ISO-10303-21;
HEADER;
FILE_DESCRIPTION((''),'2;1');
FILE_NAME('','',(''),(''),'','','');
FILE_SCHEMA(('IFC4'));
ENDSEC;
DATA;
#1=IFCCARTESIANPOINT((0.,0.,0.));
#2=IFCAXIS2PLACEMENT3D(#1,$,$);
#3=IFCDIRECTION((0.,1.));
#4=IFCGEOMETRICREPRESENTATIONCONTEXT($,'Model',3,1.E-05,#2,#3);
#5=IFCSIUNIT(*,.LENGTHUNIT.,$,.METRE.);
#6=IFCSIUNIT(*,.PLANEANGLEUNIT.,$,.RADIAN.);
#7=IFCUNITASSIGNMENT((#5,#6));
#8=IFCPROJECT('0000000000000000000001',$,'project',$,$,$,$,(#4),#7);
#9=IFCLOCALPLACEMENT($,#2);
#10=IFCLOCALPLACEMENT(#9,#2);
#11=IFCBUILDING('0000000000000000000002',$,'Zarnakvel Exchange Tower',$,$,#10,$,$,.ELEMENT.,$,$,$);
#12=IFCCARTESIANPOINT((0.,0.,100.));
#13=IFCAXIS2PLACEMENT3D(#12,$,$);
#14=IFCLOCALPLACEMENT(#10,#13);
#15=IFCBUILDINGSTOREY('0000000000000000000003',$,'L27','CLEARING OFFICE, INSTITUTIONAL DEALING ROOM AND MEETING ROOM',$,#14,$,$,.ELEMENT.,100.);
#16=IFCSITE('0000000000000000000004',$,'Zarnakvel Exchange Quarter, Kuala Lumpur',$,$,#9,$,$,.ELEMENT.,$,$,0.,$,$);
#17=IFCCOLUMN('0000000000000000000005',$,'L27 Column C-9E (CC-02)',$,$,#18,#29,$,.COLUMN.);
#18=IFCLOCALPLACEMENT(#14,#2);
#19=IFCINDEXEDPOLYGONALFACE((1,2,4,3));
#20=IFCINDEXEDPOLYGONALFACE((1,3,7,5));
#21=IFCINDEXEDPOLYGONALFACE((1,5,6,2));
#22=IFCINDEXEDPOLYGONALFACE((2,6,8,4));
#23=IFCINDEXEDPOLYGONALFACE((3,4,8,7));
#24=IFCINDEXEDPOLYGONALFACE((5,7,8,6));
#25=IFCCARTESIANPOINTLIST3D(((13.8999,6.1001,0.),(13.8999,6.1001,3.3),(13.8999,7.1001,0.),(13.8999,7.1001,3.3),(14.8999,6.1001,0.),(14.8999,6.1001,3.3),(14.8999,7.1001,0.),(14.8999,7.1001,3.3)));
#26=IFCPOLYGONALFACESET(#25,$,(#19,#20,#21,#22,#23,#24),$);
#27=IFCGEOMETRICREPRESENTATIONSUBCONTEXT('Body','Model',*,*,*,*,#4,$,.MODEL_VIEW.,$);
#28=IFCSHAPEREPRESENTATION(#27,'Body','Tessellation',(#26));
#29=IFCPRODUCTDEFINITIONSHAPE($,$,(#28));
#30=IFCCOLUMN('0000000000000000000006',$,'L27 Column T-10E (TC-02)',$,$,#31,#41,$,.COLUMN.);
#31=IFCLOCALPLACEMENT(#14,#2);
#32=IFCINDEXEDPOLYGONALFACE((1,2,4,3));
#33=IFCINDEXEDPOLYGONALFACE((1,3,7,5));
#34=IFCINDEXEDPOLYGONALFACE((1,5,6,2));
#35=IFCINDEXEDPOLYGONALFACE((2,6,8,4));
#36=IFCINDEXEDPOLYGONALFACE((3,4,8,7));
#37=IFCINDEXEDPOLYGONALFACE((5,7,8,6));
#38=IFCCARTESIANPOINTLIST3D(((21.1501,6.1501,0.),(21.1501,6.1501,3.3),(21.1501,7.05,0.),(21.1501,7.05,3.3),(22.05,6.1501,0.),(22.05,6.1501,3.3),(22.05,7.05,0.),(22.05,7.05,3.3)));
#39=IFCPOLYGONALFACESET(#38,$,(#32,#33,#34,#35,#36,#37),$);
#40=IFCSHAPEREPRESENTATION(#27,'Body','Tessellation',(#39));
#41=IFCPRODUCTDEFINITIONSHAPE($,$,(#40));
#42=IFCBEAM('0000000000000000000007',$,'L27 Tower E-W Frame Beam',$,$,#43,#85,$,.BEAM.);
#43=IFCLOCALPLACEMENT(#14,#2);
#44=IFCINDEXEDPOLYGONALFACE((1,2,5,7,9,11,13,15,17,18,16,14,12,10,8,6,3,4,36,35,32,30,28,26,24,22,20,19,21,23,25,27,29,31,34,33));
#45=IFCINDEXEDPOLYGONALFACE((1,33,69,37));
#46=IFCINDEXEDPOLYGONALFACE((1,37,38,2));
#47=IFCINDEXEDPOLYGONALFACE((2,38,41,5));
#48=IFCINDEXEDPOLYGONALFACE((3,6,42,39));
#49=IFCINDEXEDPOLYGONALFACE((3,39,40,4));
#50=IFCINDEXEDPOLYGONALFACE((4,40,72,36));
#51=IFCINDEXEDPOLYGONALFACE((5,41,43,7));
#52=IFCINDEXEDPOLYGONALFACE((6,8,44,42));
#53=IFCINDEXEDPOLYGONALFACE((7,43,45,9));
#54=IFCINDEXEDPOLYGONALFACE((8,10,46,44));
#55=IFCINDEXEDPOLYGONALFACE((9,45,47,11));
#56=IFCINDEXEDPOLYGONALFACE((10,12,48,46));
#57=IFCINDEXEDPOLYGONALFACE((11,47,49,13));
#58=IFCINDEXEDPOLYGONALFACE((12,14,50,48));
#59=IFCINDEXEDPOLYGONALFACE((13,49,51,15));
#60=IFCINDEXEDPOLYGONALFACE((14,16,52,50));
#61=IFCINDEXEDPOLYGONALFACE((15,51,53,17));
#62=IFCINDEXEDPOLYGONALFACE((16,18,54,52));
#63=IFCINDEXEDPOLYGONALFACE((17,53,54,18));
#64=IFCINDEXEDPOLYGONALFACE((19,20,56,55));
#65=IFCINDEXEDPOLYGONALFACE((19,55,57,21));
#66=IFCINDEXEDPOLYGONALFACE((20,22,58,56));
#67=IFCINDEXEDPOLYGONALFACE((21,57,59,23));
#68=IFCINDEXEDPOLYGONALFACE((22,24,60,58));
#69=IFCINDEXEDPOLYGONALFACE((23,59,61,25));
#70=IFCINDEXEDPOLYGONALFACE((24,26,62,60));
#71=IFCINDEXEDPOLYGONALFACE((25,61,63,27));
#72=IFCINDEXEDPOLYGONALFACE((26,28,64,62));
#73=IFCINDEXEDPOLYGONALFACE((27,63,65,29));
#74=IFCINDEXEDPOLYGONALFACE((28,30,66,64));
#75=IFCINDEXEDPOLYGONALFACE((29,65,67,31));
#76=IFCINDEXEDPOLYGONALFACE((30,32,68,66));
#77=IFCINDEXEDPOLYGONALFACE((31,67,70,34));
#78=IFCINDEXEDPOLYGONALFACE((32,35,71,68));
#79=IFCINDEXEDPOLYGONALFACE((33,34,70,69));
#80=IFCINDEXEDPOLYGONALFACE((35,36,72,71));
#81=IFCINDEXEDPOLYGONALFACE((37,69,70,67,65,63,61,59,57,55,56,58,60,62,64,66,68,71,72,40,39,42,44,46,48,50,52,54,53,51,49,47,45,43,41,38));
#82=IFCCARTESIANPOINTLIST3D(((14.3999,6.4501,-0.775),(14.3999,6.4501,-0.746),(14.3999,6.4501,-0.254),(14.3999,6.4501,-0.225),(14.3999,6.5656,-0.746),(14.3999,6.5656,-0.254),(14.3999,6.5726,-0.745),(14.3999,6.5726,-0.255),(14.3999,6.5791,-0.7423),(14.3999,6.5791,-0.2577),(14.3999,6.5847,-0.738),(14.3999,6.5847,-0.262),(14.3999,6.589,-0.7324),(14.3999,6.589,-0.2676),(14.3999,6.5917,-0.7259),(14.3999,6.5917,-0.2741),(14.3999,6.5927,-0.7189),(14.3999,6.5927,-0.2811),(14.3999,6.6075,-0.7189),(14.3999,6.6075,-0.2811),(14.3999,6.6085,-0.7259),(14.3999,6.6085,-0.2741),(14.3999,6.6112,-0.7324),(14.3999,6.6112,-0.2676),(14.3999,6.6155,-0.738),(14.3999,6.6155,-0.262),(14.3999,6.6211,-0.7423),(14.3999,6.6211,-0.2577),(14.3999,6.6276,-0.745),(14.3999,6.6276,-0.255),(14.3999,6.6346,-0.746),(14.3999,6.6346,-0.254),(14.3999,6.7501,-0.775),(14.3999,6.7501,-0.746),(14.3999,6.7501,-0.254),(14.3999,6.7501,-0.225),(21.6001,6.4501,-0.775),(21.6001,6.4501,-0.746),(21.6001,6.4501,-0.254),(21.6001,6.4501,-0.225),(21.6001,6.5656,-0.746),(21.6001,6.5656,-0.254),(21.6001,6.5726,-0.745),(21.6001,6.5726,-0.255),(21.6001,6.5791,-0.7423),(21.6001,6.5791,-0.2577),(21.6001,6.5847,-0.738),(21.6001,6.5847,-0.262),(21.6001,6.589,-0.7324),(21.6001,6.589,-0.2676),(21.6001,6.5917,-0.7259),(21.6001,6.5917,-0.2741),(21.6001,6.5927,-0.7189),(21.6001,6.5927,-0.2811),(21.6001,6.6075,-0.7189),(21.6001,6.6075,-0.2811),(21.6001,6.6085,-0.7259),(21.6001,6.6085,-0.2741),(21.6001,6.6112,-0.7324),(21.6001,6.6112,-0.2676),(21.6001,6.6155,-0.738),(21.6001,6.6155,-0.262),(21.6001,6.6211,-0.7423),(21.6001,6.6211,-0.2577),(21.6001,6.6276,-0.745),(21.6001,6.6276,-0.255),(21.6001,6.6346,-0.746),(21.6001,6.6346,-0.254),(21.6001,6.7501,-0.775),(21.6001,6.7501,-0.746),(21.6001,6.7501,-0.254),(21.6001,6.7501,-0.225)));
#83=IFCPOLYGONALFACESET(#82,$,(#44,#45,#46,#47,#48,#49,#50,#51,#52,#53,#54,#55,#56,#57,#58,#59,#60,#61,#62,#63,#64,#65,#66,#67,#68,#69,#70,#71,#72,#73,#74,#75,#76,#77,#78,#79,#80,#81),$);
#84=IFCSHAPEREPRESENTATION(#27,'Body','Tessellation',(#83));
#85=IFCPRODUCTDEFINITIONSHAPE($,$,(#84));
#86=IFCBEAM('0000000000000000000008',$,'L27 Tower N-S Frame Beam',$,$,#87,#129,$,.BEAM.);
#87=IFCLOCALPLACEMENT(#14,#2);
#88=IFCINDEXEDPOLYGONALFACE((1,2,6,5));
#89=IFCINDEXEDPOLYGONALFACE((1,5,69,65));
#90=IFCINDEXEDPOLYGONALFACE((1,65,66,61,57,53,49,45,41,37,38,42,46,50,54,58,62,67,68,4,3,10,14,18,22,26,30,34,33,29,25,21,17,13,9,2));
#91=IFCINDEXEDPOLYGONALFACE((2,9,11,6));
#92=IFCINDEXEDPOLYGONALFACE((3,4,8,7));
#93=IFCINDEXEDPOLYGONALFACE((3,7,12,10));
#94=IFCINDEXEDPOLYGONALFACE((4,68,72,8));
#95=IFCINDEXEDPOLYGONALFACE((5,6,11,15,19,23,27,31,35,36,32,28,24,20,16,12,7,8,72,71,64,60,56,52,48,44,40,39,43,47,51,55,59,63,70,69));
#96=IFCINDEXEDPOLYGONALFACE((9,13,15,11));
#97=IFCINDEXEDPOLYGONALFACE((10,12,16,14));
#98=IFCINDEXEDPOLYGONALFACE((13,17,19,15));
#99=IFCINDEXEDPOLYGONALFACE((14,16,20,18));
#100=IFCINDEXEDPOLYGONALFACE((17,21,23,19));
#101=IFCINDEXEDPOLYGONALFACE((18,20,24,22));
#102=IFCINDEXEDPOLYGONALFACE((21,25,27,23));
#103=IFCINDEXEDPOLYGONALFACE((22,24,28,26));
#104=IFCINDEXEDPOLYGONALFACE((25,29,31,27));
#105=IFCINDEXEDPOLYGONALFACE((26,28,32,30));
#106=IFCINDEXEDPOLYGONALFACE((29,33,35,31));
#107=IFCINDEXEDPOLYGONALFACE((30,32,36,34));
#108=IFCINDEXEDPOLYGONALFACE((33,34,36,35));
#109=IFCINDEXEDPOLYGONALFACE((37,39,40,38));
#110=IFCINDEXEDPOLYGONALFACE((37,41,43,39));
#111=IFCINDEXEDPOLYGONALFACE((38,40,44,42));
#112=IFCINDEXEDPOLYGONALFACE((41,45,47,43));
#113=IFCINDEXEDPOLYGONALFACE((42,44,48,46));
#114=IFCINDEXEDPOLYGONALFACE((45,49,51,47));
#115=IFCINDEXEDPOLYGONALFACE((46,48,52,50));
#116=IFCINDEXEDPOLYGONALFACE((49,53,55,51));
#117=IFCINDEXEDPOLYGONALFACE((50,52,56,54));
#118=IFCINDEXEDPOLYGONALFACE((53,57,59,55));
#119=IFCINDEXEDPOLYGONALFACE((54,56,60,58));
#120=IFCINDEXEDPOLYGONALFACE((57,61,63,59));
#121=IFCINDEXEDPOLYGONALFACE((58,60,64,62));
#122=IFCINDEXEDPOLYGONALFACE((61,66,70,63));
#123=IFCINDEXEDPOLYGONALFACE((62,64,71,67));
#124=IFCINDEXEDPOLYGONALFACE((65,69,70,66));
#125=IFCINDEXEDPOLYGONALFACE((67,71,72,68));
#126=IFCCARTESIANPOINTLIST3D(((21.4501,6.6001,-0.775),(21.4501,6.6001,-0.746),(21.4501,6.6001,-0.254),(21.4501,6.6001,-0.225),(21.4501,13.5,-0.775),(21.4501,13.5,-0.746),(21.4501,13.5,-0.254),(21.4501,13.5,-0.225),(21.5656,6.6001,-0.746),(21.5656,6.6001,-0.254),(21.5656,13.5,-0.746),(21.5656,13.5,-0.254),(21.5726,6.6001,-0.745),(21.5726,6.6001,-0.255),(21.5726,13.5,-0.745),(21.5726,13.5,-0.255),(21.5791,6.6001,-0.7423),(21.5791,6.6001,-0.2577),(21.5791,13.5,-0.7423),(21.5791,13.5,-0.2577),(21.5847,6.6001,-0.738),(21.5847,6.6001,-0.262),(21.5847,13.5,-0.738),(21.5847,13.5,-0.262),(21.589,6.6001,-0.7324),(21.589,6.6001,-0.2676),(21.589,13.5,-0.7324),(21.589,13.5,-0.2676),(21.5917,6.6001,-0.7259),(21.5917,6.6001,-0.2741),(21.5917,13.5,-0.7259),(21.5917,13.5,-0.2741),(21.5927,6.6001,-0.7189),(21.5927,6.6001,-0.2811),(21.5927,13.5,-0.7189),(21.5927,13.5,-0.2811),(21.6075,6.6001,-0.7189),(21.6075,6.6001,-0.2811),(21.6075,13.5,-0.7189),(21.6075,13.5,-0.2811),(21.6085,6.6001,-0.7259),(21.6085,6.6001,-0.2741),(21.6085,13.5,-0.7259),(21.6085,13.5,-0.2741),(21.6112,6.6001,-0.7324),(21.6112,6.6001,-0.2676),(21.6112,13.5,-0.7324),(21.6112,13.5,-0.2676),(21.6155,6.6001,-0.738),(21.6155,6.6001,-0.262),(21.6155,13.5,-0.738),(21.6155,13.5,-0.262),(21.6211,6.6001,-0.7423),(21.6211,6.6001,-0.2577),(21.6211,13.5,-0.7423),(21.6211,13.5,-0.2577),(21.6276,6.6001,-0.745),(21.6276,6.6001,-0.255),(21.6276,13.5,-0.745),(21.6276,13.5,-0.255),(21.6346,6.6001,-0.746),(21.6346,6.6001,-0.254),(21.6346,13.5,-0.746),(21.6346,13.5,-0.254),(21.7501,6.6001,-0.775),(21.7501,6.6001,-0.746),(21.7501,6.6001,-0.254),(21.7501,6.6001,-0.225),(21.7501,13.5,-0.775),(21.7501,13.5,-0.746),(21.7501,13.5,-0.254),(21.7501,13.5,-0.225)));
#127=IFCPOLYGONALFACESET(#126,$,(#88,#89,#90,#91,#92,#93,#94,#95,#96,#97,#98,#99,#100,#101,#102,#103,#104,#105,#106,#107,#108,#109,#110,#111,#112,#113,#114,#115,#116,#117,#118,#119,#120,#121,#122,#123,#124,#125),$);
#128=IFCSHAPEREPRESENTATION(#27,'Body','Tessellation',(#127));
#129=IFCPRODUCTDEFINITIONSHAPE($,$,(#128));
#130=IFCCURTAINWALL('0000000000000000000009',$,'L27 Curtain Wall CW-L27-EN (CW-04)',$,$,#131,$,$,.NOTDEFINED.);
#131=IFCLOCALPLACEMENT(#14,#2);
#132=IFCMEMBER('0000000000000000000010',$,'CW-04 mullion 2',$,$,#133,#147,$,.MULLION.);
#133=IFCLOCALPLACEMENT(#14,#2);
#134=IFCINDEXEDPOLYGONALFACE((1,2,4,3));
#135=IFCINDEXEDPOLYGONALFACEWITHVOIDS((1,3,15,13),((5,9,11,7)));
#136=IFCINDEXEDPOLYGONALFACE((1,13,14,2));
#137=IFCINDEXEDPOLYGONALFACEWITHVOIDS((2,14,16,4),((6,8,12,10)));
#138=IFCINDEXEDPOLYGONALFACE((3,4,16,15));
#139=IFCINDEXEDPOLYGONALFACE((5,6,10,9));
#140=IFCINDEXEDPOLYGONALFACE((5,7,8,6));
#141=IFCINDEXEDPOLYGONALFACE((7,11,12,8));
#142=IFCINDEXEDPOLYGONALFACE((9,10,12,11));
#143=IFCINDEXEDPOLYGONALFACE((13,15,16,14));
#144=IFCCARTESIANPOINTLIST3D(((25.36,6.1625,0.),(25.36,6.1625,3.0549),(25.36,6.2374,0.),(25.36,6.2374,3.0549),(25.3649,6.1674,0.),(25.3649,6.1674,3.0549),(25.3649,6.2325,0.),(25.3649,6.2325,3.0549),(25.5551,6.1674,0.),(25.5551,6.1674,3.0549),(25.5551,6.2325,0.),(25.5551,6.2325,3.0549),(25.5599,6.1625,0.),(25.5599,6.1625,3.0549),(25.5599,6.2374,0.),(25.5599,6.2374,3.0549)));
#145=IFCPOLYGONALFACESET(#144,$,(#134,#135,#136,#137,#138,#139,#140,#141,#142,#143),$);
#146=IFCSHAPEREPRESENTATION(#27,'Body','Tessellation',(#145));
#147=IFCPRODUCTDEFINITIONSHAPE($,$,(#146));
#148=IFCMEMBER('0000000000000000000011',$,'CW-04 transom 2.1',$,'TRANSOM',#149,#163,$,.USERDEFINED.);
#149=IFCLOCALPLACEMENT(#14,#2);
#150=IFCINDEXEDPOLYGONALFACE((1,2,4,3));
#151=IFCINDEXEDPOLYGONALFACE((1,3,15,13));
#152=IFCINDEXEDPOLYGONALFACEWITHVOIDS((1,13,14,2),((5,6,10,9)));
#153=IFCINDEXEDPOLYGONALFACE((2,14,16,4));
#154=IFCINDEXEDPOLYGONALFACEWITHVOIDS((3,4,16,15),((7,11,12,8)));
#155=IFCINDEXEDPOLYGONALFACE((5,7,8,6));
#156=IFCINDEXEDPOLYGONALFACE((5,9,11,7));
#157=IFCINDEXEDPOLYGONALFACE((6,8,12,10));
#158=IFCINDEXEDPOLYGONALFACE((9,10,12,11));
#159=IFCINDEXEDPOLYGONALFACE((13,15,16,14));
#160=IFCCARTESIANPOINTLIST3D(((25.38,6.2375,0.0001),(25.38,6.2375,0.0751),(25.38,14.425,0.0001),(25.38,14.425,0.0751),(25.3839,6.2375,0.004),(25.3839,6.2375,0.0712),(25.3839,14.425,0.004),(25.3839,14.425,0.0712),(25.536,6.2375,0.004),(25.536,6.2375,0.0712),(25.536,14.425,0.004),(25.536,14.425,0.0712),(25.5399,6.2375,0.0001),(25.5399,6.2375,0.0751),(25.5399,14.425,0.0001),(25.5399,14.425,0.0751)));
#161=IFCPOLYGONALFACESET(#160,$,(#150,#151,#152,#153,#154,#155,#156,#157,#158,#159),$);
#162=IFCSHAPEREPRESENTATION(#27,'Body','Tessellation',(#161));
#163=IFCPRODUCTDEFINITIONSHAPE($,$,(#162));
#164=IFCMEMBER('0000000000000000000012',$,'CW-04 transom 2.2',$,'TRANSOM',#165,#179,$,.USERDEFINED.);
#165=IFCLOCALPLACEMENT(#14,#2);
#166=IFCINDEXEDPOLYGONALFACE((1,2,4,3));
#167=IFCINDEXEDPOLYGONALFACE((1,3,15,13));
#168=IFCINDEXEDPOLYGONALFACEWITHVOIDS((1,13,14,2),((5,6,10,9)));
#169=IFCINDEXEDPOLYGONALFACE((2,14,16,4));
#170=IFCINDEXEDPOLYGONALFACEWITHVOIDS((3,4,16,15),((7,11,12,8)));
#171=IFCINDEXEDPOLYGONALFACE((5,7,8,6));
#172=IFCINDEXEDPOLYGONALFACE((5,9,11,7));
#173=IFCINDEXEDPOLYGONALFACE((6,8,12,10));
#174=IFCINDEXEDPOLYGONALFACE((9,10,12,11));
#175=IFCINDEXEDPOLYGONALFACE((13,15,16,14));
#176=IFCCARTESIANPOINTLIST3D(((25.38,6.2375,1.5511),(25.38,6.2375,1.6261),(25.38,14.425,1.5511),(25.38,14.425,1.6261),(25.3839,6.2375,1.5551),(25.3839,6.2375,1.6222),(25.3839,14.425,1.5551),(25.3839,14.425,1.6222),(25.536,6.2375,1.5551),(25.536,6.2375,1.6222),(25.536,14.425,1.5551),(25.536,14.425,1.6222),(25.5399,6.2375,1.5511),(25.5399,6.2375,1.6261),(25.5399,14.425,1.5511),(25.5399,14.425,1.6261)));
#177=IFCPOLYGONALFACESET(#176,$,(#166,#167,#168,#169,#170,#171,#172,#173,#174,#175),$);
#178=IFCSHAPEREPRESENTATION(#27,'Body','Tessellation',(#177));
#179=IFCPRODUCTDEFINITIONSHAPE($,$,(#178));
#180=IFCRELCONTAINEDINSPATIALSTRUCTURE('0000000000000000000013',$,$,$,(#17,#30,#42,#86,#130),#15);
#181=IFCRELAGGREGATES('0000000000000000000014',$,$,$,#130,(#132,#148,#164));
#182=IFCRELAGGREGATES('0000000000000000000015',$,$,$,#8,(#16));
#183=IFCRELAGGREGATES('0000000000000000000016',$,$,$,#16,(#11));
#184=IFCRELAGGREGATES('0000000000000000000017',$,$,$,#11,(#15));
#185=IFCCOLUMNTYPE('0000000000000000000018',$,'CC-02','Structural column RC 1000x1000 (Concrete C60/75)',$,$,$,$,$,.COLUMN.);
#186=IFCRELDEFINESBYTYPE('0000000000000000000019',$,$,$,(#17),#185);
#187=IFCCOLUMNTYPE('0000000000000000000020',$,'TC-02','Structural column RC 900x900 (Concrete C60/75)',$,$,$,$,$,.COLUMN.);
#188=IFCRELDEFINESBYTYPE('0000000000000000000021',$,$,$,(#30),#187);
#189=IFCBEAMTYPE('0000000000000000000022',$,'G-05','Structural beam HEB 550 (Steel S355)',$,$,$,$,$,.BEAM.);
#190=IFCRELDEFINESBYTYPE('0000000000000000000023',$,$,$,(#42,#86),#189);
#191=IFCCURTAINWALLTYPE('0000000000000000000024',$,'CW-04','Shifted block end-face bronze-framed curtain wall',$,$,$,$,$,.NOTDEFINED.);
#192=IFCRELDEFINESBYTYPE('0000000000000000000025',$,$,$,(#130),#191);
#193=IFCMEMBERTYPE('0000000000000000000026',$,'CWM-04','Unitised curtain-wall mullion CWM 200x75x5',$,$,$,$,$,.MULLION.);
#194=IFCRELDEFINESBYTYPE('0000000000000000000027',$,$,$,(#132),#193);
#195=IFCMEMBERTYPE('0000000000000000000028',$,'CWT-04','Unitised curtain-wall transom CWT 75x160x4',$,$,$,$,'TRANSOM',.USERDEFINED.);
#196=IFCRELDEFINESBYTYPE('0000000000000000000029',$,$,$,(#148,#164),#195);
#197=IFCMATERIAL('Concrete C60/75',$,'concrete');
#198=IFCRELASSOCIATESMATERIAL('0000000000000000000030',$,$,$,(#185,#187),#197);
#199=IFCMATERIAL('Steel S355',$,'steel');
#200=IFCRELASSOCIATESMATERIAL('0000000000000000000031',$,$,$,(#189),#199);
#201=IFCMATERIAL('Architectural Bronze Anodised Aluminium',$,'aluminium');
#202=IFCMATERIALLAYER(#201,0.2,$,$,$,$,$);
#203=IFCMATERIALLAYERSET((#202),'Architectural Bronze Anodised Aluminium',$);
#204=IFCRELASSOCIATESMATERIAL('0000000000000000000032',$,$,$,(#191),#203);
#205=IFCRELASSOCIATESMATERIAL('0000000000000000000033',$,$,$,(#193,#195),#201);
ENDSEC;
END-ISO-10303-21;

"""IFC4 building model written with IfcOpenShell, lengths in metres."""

from ifc_helpers import new_model, si_unit, direction, frame, origin, origin_2d, place, context, subcontext, project, spatial, rectangle, hollow_rectangle, i_section, extrude, source, transform, mapped, material, layer, layer_set, material_profile, profile_set, type_object, element, aggregate, save


model = new_model("IFC4")

# Units and contexts
model_context = context("Model", 3, precision=1e-05, world=origin(), true_north=direction((0.0, 1.0)))
body_context = subcontext(model_context, "Body", "Model", "MODEL_VIEW")
ifc_project = project(units=[si_unit("LENGTHUNIT", "METRE"), si_unit("PLANEANGLEUNIT", "RADIAN")], contexts=[model_context])

# Site, building, storey
site_placement = place(None, origin())
site = spatial("IfcSite", under=ifc_project, at=site_placement, Name="Zarnakvel Exchange Quarter, Kuala Lumpur", CompositionType="ELEMENT", RefElevation=0.0)
building_placement = place(site_placement, origin())
building = spatial("IfcBuilding", under=site, at=building_placement, Name="Zarnakvel Exchange Tower", CompositionType="ELEMENT")
storey_placement = place(building_placement, frame((0.0, 0.0, 100.0)))
storey = spatial("IfcBuildingStorey", under=building, at=storey_placement, Name="L27", Description="CLEARING OFFICE, INSTITUTIONAL DEALING ROOM AND MEETING ROOM", CompositionType="ELEMENT", Elevation=100.0)

# Columns
ifc_material_1 = material(Name="Concrete C60/75", Category="concrete")
ifc_material_profile_1 = material_profile(ifc_material_1, rectangle(XDim=1.0, YDim=1.0, at=origin_2d()))
ifc_profile_set_1 = profile_set([ifc_material_profile_1], Name="Concrete C60/75")
column_type_1 = type_object("IfcColumnType", Name="CC-02", Description="Structural column RC 1000x1000 (Concrete C60/75)", PredefinedType="COLUMN", material=ifc_profile_set_1)
column_1_placement = place(storey_placement, frame((14.3999, 6.6001, 0.0), z_axis=(0.0, 0.0, 1.0), x_axis=(1.0, 0.0, 0.0)))
element("IfcColumn", 1, at=column_1_placement, inside=storey, type_object=column_type_1, Name="L27 Column C-9E (CC-02)", PredefinedType="COLUMN", context=body_context, shape_type="SweptSolid", body=[
    extrude(rectangle(XDim=1.0, YDim=1.0, at=origin_2d()), origin(), (0.0, 0.0, 1.0), 3.3),
])
ifc_material_profile_2 = material_profile(ifc_material_1, rectangle(XDim=0.8999, YDim=0.8999, at=origin_2d()))
ifc_profile_set_2 = profile_set([ifc_material_profile_2], Name="Concrete C60/75")
column_type_2 = type_object("IfcColumnType", Name="TC-02", Description="Structural column RC 900x900 (Concrete C60/75)", PredefinedType="COLUMN", material=ifc_profile_set_2)
column_2_placement = place(storey_placement, frame((21.6001, 6.6001, 0.0), z_axis=(0.0, 0.0, 1.0), x_axis=(1.0, 0.0, 0.0)))
element("IfcColumn", 2, at=column_2_placement, inside=storey, type_object=column_type_2, Name="L27 Column T-10E (TC-02)", PredefinedType="COLUMN", context=body_context, shape_type="SweptSolid", body=[
    extrude(rectangle(XDim=0.8999, YDim=0.8999, at=origin_2d()), origin(), (0.0, 0.0, 1.0), 3.3),
])

# Beams
ifc_material_2 = material(Name="Steel S355", Category="steel")
ifc_material_profile_3 = material_profile(ifc_material_2, i_section(OverallWidth=0.3, OverallDepth=0.55, WebThickness=0.0149, FlangeThickness=0.0291, FilletRadius=0.0271, at=origin_2d()))
ifc_profile_set_3 = profile_set([ifc_material_profile_3], Name="Steel S355")
beam_type = type_object("IfcBeamType", Name="G-05", Description="Structural beam HEB 550 (Steel S355)", PredefinedType="BEAM", material=ifc_profile_set_3)
beam_1_placement = place(storey_placement, frame((14.3999, 6.6001, -0.5), z_axis=(1.0, 0.0, 0.0), x_axis=(0.0, 1.0, 0.0)))
element("IfcBeam", 3, at=beam_1_placement, inside=storey, type_object=beam_type, Name="L27 Tower E-W Frame Beam", PredefinedType="BEAM", context=body_context, shape_type="SweptSolid", body=[
    extrude(i_section(OverallWidth=0.3, OverallDepth=0.55, WebThickness=0.0149, FlangeThickness=0.0291, FilletRadius=0.0271, at=origin_2d()), origin(), (0.0, 0.0, 1.0), 7.2002),
])
beam_2_placement = place(storey_placement, frame((21.6001, 6.6001, -0.5), z_axis=(0.0, 1.0, 0.0), x_axis=(-1.0, 0.0, 0.0)))
element("IfcBeam", 4, at=beam_2_placement, inside=storey, type_object=beam_type, Name="L27 Tower N-S Frame Beam", PredefinedType="BEAM", context=body_context, shape_type="SweptSolid", body=[
    extrude(i_section(OverallWidth=0.3, OverallDepth=0.55, WebThickness=0.0149, FlangeThickness=0.0291, FilletRadius=0.0271, at=origin_2d()), origin(), (0.0, 0.0, 1.0), 6.8999),
])

# Curtain wall, members
ifc_material_3 = material(Name="Architectural Bronze Anodised Aluminium", Category="aluminium")
ifc_layer_1 = layer(ifc_material_3, 0.2)
ifc_layer_set_1 = layer_set([ifc_layer_1], Name="Architectural Bronze Anodised Aluminium")
curtain_wall_type = type_object("IfcCurtainWallType", Name="CW-04", Description="Shifted block end-face bronze-framed curtain wall", PredefinedType="NOTDEFINED", material=ifc_layer_set_1)
curtain_wall_placement = place(storey_placement, origin())
curtain_wall = element("IfcCurtainWall", 5, at=curtain_wall_placement, inside=storey, type_object=curtain_wall_type, Name="L27 Curtain Wall CW-L27-EN (CW-04)", PredefinedType="NOTDEFINED")
ifc_material_profile_4 = material_profile(ifc_material_3, hollow_rectangle(XDim=0.2, YDim=0.075, WallThickness=0.0049, at=origin_2d()))
ifc_profile_set_4 = profile_set([ifc_material_profile_4], Name="Architectural Bronze Anodised Aluminium")
member_type_1 = type_object("IfcMemberType", Name="CWM-04", Description="Unitised curtain-wall mullion CWM 200x75x5", PredefinedType="MULLION", material=ifc_profile_set_4)
shared_shape_1 = source(origin(), body_context, "Body", "SweptSolid", [
    extrude(hollow_rectangle(XDim=0.2, YDim=0.075, WallThickness=0.0049, at=origin_2d()), origin(), (0.0, 0.0, 1.0), 3.0549),
])
member_1_placement = place(storey_placement, frame((25.46, 6.2, 0.0), z_axis=(0.0, 0.0, 1.0), x_axis=(-1.0, 0.0, 0.0)))
member_1 = element("IfcMember", 6, at=member_1_placement, type_object=member_type_1, Name="CW-04 mullion 2", PredefinedType="MULLION", context=body_context, shape_type="MappedRepresentation", body=[
    mapped(shared_shape_1, transform((0.0, 0.0, 0.0), x_axis=(1.0, 0.0, 0.0), y_axis=(0.0, 1.0, 0.0), z_axis=(0.0, 0.0, 1.0), scale=1.0)),
])
ifc_material_profile_5 = material_profile(ifc_material_3, hollow_rectangle(XDim=0.1599, YDim=0.075, WallThickness=0.0039, at=origin_2d()))
ifc_profile_set_5 = profile_set([ifc_material_profile_5], Name="Architectural Bronze Anodised Aluminium")
member_type_2 = type_object("IfcMemberType", Name="CWT-04", Description="Unitised curtain-wall transom CWT 75x160x4", ElementType="TRANSOM", PredefinedType="USERDEFINED", material=ifc_profile_set_5)
shared_shape_2 = source(origin(), body_context, "Body", "SweptSolid", [
    extrude(hollow_rectangle(XDim=0.1599, YDim=0.075, WallThickness=0.0039, at=origin_2d()), origin(), (0.0, 0.0, 1.0), 8.1875),
])
member_2_placement = place(storey_placement, frame((25.46, 6.2375, 0.0376), z_axis=(0.0, 1.0, 0.0), x_axis=(-1.0, 0.0, 0.0)))
member_2 = element("IfcMember", 7, at=member_2_placement, type_object=member_type_2, Name="CW-04 transom 2.1", ObjectType="TRANSOM", PredefinedType="USERDEFINED", context=body_context, shape_type="MappedRepresentation", body=[
    mapped(shared_shape_2, transform((0.0, 0.0, 0.0), x_axis=(1.0, 0.0, 0.0), y_axis=(0.0, 1.0, 0.0), z_axis=(0.0, 0.0, 1.0), scale=1.0)),
])
member_3_placement = place(storey_placement, frame((25.46, 6.2375, 1.5886), z_axis=(0.0, 1.0, 0.0), x_axis=(-1.0, 0.0, 0.0)))
member_3 = element("IfcMember", 8, at=member_3_placement, type_object=member_type_2, Name="CW-04 transom 2.2", ObjectType="TRANSOM", PredefinedType="USERDEFINED", context=body_context, shape_type="MappedRepresentation", body=[
    mapped(shared_shape_2, transform((0.0, 0.0, 0.0), x_axis=(1.0, 0.0, 0.0), y_axis=(0.0, 1.0, 0.0), z_axis=(0.0, 0.0, 1.0), scale=1.0)),
])
aggregate(curtain_wall, [member_1, member_2, member_3])

save(model, "model.ifc")
